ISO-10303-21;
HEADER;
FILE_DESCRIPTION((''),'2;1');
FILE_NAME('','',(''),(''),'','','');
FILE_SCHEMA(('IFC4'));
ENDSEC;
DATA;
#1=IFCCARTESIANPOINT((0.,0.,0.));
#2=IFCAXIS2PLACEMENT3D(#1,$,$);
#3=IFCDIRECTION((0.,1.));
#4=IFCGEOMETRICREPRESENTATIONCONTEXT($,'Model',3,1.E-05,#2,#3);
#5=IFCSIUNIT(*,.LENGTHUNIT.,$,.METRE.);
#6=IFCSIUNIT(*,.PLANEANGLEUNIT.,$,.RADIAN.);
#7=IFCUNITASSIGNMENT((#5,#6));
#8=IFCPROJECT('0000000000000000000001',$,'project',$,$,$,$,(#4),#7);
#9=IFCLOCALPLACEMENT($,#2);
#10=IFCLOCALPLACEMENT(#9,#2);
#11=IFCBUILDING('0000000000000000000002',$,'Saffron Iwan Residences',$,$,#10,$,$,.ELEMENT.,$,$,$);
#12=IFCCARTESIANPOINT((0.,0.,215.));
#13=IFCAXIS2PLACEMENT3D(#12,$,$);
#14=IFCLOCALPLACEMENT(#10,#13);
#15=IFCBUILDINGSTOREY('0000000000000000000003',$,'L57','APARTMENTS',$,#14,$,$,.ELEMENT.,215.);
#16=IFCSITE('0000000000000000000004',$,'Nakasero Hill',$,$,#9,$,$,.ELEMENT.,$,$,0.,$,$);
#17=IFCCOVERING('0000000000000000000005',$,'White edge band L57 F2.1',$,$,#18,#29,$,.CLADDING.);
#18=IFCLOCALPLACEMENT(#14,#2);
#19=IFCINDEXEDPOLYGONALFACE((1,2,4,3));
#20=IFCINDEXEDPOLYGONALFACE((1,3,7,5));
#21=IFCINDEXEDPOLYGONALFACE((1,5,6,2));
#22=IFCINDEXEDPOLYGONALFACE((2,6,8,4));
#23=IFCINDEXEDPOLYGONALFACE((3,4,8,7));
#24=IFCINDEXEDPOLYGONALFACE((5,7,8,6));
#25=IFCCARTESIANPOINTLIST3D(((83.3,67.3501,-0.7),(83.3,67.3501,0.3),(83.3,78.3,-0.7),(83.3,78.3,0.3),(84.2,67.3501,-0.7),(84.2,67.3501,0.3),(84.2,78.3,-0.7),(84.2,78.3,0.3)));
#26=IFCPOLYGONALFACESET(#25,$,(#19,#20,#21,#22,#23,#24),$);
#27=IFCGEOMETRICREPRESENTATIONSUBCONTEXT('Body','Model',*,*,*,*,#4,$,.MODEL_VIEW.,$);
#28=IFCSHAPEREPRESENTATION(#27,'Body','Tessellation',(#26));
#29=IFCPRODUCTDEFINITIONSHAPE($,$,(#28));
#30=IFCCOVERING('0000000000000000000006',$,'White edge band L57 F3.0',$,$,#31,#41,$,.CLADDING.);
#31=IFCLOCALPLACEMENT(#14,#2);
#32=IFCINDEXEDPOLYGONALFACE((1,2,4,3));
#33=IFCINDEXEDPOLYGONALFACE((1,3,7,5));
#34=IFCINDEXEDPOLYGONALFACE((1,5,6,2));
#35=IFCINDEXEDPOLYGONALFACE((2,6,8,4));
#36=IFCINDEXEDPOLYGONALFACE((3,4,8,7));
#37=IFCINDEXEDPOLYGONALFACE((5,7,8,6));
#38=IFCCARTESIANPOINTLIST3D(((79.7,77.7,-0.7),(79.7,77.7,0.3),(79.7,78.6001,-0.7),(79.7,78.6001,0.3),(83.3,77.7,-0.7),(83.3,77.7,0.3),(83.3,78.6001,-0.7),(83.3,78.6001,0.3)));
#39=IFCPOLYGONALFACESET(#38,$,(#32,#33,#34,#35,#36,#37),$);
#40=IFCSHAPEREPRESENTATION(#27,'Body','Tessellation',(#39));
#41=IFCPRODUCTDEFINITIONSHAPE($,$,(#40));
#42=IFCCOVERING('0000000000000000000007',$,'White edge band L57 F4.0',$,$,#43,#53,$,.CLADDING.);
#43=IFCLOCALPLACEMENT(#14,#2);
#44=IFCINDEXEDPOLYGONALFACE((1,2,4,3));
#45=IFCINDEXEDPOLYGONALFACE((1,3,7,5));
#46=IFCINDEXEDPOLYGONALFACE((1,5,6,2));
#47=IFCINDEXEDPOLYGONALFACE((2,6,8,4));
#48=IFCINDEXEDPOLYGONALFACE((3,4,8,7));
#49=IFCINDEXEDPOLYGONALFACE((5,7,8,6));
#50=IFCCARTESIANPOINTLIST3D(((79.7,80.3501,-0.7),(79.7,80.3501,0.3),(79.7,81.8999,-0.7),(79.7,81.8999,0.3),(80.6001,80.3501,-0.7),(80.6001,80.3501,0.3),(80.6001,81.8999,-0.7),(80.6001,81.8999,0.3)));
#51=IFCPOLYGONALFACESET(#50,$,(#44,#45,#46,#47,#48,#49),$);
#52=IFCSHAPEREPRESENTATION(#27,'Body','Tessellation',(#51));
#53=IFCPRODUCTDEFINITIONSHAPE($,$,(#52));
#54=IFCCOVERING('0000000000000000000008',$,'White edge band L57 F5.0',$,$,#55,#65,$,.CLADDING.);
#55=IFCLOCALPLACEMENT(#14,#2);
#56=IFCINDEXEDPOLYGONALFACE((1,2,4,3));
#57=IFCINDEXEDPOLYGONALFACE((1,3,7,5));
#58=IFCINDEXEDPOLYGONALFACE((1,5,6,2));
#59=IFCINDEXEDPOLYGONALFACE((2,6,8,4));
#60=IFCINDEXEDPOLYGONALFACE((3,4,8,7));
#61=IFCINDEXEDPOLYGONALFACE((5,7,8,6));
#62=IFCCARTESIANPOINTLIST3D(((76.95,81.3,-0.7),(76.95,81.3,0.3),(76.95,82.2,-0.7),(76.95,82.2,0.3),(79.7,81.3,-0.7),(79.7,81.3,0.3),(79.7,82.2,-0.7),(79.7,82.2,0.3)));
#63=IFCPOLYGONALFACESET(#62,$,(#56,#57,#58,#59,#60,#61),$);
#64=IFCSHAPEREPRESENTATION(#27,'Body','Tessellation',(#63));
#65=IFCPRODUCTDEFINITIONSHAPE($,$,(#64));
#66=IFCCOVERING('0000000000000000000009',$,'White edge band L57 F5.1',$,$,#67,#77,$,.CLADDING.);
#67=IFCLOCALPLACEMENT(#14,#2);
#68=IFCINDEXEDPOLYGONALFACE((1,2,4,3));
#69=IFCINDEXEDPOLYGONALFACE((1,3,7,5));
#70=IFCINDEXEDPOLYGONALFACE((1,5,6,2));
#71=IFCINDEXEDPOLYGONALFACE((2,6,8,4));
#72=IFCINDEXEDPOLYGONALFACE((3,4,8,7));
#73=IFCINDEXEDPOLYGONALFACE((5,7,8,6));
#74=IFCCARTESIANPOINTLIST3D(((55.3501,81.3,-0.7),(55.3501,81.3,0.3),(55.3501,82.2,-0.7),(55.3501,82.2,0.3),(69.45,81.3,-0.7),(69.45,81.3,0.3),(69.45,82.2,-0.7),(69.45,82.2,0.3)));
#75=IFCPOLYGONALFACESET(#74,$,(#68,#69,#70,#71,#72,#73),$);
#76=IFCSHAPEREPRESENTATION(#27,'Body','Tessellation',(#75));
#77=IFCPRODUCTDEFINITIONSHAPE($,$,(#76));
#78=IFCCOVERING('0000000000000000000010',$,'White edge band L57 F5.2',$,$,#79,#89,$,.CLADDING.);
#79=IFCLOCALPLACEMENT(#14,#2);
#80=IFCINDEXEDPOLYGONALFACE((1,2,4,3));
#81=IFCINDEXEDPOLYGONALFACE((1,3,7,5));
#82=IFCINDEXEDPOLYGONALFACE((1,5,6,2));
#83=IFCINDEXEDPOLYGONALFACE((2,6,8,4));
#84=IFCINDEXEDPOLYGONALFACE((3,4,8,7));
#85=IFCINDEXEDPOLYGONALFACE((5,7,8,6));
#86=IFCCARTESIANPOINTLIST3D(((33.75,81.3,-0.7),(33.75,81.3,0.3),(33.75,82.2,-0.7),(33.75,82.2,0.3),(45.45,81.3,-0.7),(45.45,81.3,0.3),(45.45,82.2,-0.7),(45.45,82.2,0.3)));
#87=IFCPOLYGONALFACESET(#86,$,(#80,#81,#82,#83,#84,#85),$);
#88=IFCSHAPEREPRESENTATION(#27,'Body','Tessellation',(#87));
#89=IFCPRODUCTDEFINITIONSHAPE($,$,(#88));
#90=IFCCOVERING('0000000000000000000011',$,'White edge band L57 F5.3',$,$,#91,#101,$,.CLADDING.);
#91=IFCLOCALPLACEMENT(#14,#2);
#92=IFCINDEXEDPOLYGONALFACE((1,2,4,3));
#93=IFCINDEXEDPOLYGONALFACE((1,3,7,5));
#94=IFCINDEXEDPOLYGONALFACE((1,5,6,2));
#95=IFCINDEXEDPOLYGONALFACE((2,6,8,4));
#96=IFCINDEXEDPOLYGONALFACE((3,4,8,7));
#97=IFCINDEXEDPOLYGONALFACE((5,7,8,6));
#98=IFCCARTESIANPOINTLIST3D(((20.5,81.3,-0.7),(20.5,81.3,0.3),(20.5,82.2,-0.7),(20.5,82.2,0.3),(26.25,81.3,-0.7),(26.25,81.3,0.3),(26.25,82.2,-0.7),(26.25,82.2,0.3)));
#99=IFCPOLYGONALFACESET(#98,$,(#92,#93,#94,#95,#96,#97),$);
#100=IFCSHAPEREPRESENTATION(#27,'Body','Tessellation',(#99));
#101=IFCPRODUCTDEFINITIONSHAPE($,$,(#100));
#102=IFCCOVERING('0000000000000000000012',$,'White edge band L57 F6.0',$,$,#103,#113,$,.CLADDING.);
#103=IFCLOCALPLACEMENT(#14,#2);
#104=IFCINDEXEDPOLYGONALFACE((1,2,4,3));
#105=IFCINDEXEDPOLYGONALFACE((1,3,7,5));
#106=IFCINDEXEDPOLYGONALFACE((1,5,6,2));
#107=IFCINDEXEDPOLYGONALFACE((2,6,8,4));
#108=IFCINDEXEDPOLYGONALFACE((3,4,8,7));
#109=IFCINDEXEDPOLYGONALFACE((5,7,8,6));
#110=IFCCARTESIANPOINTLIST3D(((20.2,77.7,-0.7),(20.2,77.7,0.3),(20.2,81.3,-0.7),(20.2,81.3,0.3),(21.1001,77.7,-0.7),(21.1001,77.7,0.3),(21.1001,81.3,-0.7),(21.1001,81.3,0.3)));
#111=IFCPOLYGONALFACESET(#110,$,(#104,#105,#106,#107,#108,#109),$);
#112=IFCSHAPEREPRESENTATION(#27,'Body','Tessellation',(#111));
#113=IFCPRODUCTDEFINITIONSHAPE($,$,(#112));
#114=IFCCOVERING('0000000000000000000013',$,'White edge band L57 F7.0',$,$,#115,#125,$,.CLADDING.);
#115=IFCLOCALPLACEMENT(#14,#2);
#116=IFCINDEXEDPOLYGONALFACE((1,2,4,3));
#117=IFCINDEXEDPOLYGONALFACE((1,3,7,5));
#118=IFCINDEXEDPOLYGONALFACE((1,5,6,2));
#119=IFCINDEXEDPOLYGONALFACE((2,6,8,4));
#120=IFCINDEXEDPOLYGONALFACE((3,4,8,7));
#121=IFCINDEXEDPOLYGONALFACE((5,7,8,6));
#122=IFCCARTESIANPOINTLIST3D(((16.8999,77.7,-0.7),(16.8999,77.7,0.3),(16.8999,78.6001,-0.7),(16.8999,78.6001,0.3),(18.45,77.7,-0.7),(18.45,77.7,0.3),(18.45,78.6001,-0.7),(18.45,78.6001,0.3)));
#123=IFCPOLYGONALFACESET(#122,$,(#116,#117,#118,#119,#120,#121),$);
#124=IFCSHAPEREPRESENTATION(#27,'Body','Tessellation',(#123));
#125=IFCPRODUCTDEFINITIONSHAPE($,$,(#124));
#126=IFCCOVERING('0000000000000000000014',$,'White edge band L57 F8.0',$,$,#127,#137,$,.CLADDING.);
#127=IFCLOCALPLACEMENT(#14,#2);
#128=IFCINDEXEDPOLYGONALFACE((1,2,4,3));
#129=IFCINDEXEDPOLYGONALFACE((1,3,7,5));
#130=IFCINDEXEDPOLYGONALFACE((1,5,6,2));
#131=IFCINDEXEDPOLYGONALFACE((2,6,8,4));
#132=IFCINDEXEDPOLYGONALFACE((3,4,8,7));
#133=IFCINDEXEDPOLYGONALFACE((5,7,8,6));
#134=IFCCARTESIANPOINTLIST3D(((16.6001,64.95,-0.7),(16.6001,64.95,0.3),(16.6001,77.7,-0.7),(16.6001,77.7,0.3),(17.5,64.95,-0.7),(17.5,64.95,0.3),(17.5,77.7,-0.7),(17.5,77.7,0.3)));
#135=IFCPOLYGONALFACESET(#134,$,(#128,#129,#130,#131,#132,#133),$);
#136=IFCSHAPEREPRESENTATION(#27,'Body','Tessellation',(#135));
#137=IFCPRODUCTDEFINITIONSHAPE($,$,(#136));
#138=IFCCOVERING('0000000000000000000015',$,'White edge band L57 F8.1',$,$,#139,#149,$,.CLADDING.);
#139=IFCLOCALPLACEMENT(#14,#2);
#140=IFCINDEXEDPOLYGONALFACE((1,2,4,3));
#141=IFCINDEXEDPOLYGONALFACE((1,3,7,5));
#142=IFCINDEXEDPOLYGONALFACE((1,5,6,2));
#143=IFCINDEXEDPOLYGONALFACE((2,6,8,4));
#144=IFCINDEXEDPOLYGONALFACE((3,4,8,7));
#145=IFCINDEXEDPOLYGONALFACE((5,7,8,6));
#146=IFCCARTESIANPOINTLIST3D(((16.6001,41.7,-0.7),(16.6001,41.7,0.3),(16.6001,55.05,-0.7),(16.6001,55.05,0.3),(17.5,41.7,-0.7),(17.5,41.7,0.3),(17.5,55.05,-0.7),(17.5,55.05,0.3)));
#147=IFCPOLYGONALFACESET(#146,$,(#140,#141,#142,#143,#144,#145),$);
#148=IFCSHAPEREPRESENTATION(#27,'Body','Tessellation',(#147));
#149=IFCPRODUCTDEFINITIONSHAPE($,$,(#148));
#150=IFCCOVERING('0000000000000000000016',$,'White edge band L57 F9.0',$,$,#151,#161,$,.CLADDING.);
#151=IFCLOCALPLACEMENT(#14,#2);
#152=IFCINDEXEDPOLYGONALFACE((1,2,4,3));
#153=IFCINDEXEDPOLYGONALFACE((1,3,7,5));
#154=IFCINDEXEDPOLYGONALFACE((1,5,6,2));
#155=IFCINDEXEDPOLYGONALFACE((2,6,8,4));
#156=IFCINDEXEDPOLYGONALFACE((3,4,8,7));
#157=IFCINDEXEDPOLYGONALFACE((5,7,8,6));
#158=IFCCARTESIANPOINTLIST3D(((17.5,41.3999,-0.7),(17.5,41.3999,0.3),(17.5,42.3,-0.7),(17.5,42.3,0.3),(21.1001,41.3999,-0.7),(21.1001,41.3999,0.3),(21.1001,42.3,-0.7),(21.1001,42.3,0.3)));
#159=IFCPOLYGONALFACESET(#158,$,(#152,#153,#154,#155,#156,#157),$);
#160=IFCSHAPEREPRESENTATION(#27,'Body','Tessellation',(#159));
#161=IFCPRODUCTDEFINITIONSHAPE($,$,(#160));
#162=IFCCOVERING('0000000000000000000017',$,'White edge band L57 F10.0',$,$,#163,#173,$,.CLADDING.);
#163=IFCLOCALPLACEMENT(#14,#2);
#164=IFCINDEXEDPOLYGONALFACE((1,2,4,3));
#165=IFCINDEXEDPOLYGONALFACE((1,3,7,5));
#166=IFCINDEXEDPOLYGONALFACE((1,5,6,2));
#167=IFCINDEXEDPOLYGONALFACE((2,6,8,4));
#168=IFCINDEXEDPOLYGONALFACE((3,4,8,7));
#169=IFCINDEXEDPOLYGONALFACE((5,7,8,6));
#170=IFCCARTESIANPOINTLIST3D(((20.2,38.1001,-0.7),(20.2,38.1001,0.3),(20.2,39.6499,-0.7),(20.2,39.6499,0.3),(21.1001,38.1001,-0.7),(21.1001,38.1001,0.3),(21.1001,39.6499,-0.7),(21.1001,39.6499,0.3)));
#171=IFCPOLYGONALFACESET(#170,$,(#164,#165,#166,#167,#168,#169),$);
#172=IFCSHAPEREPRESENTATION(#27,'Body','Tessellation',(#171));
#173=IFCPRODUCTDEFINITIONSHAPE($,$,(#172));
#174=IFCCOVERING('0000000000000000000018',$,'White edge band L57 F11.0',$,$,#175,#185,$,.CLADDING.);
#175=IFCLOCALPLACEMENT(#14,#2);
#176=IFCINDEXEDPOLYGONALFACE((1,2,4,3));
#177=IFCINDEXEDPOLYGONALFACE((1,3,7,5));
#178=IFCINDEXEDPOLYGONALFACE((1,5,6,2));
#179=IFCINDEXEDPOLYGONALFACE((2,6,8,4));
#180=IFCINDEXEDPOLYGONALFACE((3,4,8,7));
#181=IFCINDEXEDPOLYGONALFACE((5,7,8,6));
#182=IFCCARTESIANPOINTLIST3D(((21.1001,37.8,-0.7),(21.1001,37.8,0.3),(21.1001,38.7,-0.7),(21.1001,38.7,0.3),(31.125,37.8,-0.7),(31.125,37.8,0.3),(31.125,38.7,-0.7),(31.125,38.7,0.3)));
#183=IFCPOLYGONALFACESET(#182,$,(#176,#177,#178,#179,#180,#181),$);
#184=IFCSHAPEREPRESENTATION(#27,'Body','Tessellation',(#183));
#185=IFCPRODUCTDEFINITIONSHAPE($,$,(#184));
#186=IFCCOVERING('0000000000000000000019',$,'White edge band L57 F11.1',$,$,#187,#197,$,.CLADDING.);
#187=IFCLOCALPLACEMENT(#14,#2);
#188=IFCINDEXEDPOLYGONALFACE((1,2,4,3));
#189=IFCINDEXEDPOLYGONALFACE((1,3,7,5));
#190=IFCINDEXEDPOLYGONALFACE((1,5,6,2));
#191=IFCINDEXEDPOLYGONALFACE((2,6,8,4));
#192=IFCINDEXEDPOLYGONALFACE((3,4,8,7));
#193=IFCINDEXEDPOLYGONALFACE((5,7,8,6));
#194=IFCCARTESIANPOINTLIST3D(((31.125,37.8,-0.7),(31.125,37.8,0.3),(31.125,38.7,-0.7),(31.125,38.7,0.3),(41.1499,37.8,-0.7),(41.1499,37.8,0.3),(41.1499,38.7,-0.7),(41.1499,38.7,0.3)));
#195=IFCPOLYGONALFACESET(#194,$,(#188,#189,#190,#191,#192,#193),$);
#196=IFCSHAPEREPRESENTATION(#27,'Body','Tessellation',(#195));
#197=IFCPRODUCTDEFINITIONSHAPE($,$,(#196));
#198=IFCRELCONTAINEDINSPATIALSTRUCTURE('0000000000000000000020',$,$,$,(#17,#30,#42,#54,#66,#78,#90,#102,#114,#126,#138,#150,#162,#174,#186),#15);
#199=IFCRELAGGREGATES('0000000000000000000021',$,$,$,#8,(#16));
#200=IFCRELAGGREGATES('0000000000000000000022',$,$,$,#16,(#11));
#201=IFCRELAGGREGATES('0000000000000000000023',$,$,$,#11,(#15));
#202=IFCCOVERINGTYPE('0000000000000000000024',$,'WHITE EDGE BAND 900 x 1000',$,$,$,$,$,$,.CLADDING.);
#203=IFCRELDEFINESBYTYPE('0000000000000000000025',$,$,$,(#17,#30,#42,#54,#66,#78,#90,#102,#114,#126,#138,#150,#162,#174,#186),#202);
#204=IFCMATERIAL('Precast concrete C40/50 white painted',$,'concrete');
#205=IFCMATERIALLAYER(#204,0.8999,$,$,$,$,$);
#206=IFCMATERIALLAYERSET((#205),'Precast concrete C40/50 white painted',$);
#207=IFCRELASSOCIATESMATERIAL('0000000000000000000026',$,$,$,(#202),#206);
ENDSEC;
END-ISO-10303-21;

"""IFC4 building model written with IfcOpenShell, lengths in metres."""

from ifc_helpers import new_model, si_unit, direction, frame, origin, place, context, subcontext, project, spatial, polyline, outline, extrude, material, layer, layer_set, type_object, element, save


model = new_model("IFC4")

# Units and contexts
model_context = context("Model", 3, precision=1e-05, world=origin(), true_north=direction((0.0, 1.0)))
body_context = subcontext(model_context, "Body", "Model", "MODEL_VIEW")
ifc_project = project(units=[si_unit("LENGTHUNIT", "METRE"), si_unit("PLANEANGLEUNIT", "RADIAN")], contexts=[model_context])

# Site, building, storey
site_placement = place(None, origin())
site = spatial("IfcSite", under=ifc_project, at=site_placement, Name="Nakasero Hill", CompositionType="ELEMENT", RefElevation=0.0)
building_placement = place(site_placement, origin())
building = spatial("IfcBuilding", under=site, at=building_placement, Name="Saffron Iwan Residences", CompositionType="ELEMENT")
storey_placement = place(building_placement, frame((0.0, 0.0, 215.0)))
storey = spatial("IfcBuildingStorey", under=building, at=storey_placement, Name="L57", Description="APARTMENTS", CompositionType="ELEMENT", Elevation=215.0)

# Coverings
ifc_material_1 = material(Name="Precast concrete C40/50 white painted", Category="concrete")
ifc_layer_1 = layer(ifc_material_1, 0.8999)
ifc_layer_set_1 = layer_set([ifc_layer_1], Name="Precast concrete C40/50 white painted")
covering_type = type_object("IfcCoveringType", Name="WHITE EDGE BAND 900 x 1000", PredefinedType="CLADDING", material=ifc_layer_set_1)
covering_1_placement = place(storey_placement, frame((0.0, 0.0, -0.7)))
element("IfcCovering", 1, at=covering_1_placement, inside=storey, type_object=covering_type, Name="White edge band L57 F2.1", PredefinedType="CLADDING", context=body_context, shape_type="SweptSolid", body=[
    extrude(outline(polyline([(84.2, 67.3501), (84.2, 78.3), (83.3, 78.3), (83.3, 67.3501), (84.2, 67.3501)])), origin(), (0.0, 0.0, 1.0), 1.0),
])
covering_2_placement = place(storey_placement, frame((0.0, 0.0, -0.7)))
element("IfcCovering", 2, at=covering_2_placement, inside=storey, type_object=covering_type, Name="White edge band L57 F3.0", PredefinedType="CLADDING", context=body_context, shape_type="SweptSolid", body=[
    extrude(outline(polyline([(83.3, 78.6001), (79.7, 78.6001), (79.7, 77.7), (83.3, 77.7), (83.3, 78.6001)])), origin(), (0.0, 0.0, 1.0), 1.0),
])
covering_3_placement = place(storey_placement, frame((0.0, 0.0, -0.7)))
element("IfcCovering", 3, at=covering_3_placement, inside=storey, type_object=covering_type, Name="White edge band L57 F4.0", PredefinedType="CLADDING", context=body_context, shape_type="SweptSolid", body=[
    extrude(outline(polyline([(80.6001, 80.3501), (80.6001, 81.8999), (79.7, 81.8999), (79.7, 80.3501), (80.6001, 80.3501)])), origin(), (0.0, 0.0, 1.0), 1.0),
])
covering_4_placement = place(storey_placement, frame((0.0, 0.0, -0.7)))
element("IfcCovering", 4, at=covering_4_placement, inside=storey, type_object=covering_type, Name="White edge band L57 F5.0", PredefinedType="CLADDING", context=body_context, shape_type="SweptSolid", body=[
    extrude(outline(polyline([(79.7, 82.2), (76.95, 82.2), (76.95, 81.3), (79.7, 81.3), (79.7, 82.2)])), origin(), (0.0, 0.0, 1.0), 1.0),
])
covering_5_placement = place(storey_placement, frame((0.0, 0.0, -0.7)))
element("IfcCovering", 5, at=covering_5_placement, inside=storey, type_object=covering_type, Name="White edge band L57 F5.1", PredefinedType="CLADDING", context=body_context, shape_type="SweptSolid", body=[
    extrude(outline(polyline([(69.45, 82.2), (55.3501, 82.2), (55.3501, 81.3), (69.45, 81.3), (69.45, 82.2)])), origin(), (0.0, 0.0, 1.0), 1.0),
])
covering_6_placement = place(storey_placement, frame((0.0, 0.0, -0.7)))
element("IfcCovering", 6, at=covering_6_placement, inside=storey, type_object=covering_type, Name="White edge band L57 F5.2", PredefinedType="CLADDING", context=body_context, shape_type="SweptSolid", body=[
    extrude(outline(polyline([(45.45, 82.2), (33.75, 82.2), (33.75, 81.3), (45.45, 81.3), (45.45, 82.2)])), origin(), (0.0, 0.0, 1.0), 1.0),
])
covering_7_placement = place(storey_placement, frame((0.0, 0.0, -0.7)))
element("IfcCovering", 7, at=covering_7_placement, inside=storey, type_object=covering_type, Name="White edge band L57 F5.3", PredefinedType="CLADDING", context=body_context, shape_type="SweptSolid", body=[
    extrude(outline(polyline([(26.25, 82.2), (20.5, 82.2), (20.5, 81.3), (26.25, 81.3), (26.25, 82.2)])), origin(), (0.0, 0.0, 1.0), 1.0),
])
covering_8_placement = place(storey_placement, frame((0.0, 0.0, -0.7)))
element("IfcCovering", 8, at=covering_8_placement, inside=storey, type_object=covering_type, Name="White edge band L57 F6.0", PredefinedType="CLADDING", context=body_context, shape_type="SweptSolid", body=[
    extrude(outline(polyline([(20.2, 81.3), (20.2, 77.7), (21.1001, 77.7), (21.1001, 81.3), (20.2, 81.3)])), origin(), (0.0, 0.0, 1.0), 1.0),
])
covering_9_placement = place(storey_placement, frame((0.0, 0.0, -0.7)))
element("IfcCovering", 9, at=covering_9_placement, inside=storey, type_object=covering_type, Name="White edge band L57 F7.0", PredefinedType="CLADDING", context=body_context, shape_type="SweptSolid", body=[
    extrude(outline(polyline([(18.45, 78.6001), (16.8999, 78.6001), (16.8999, 77.7), (18.45, 77.7), (18.45, 78.6001)])), origin(), (0.0, 0.0, 1.0), 1.0),
])
covering_10_placement = place(storey_placement, frame((0.0, 0.0, -0.7)))
element("IfcCovering", 10, at=covering_10_placement, inside=storey, type_object=covering_type, Name="White edge band L57 F8.0", PredefinedType="CLADDING", context=body_context, shape_type="SweptSolid", body=[
    extrude(outline(polyline([(16.6001, 77.7), (16.6001, 64.95), (17.5, 64.95), (17.5, 77.7), (16.6001, 77.7)])), origin(), (0.0, 0.0, 1.0), 1.0),
])
covering_11_placement = place(storey_placement, frame((0.0, 0.0, -0.7)))
element("IfcCovering", 11, at=covering_11_placement, inside=storey, type_object=covering_type, Name="White edge band L57 F8.1", PredefinedType="CLADDING", context=body_context, shape_type="SweptSolid", body=[
    extrude(outline(polyline([(16.6001, 55.05), (16.6001, 41.7), (17.5, 41.7), (17.5, 55.05), (16.6001, 55.05)])), origin(), (0.0, 0.0, 1.0), 1.0),
])
covering_12_placement = place(storey_placement, frame((0.0, 0.0, -0.7)))
element("IfcCovering", 12, at=covering_12_placement, inside=storey, type_object=covering_type, Name="White edge band L57 F9.0", PredefinedType="CLADDING", context=body_context, shape_type="SweptSolid", body=[
    extrude(outline(polyline([(17.5, 41.3999), (21.1001, 41.3999), (21.1001, 42.3), (17.5, 42.3), (17.5, 41.3999)])), origin(), (0.0, 0.0, 1.0), 1.0),
])
covering_13_placement = place(storey_placement, frame((0.0, 0.0, -0.7)))
element("IfcCovering", 13, at=covering_13_placement, inside=storey, type_object=covering_type, Name="White edge band L57 F10.0", PredefinedType="CLADDING", context=body_context, shape_type="SweptSolid", body=[
    extrude(outline(polyline([(20.2, 39.6499), (20.2, 38.1001), (21.1001, 38.1001), (21.1001, 39.6499), (20.2, 39.6499)])), origin(), (0.0, 0.0, 1.0), 1.0),
])
covering_14_placement = place(storey_placement, frame((0.0, 0.0, -0.7)))
element("IfcCovering", 14, at=covering_14_placement, inside=storey, type_object=covering_type, Name="White edge band L57 F11.0", PredefinedType="CLADDING", context=body_context, shape_type="SweptSolid", body=[
    extrude(outline(polyline([(21.1001, 37.8), (31.125, 37.8), (31.125, 38.7), (21.1001, 38.7), (21.1001, 37.8)])), origin(), (0.0, 0.0, 1.0), 1.0),
])
covering_15_placement = place(storey_placement, frame((0.0, 0.0, -0.7)))
element("IfcCovering", 15, at=covering_15_placement, inside=storey, type_object=covering_type, Name="White edge band L57 F11.1", PredefinedType="CLADDING", context=body_context, shape_type="SweptSolid", body=[
    extrude(outline(polyline([(31.125, 37.8), (41.1499, 37.8), (41.1499, 38.7), (31.125, 38.7), (31.125, 37.8)])), origin(), (0.0, 0.0, 1.0), 1.0),
])

save(model, "model.ifc")
